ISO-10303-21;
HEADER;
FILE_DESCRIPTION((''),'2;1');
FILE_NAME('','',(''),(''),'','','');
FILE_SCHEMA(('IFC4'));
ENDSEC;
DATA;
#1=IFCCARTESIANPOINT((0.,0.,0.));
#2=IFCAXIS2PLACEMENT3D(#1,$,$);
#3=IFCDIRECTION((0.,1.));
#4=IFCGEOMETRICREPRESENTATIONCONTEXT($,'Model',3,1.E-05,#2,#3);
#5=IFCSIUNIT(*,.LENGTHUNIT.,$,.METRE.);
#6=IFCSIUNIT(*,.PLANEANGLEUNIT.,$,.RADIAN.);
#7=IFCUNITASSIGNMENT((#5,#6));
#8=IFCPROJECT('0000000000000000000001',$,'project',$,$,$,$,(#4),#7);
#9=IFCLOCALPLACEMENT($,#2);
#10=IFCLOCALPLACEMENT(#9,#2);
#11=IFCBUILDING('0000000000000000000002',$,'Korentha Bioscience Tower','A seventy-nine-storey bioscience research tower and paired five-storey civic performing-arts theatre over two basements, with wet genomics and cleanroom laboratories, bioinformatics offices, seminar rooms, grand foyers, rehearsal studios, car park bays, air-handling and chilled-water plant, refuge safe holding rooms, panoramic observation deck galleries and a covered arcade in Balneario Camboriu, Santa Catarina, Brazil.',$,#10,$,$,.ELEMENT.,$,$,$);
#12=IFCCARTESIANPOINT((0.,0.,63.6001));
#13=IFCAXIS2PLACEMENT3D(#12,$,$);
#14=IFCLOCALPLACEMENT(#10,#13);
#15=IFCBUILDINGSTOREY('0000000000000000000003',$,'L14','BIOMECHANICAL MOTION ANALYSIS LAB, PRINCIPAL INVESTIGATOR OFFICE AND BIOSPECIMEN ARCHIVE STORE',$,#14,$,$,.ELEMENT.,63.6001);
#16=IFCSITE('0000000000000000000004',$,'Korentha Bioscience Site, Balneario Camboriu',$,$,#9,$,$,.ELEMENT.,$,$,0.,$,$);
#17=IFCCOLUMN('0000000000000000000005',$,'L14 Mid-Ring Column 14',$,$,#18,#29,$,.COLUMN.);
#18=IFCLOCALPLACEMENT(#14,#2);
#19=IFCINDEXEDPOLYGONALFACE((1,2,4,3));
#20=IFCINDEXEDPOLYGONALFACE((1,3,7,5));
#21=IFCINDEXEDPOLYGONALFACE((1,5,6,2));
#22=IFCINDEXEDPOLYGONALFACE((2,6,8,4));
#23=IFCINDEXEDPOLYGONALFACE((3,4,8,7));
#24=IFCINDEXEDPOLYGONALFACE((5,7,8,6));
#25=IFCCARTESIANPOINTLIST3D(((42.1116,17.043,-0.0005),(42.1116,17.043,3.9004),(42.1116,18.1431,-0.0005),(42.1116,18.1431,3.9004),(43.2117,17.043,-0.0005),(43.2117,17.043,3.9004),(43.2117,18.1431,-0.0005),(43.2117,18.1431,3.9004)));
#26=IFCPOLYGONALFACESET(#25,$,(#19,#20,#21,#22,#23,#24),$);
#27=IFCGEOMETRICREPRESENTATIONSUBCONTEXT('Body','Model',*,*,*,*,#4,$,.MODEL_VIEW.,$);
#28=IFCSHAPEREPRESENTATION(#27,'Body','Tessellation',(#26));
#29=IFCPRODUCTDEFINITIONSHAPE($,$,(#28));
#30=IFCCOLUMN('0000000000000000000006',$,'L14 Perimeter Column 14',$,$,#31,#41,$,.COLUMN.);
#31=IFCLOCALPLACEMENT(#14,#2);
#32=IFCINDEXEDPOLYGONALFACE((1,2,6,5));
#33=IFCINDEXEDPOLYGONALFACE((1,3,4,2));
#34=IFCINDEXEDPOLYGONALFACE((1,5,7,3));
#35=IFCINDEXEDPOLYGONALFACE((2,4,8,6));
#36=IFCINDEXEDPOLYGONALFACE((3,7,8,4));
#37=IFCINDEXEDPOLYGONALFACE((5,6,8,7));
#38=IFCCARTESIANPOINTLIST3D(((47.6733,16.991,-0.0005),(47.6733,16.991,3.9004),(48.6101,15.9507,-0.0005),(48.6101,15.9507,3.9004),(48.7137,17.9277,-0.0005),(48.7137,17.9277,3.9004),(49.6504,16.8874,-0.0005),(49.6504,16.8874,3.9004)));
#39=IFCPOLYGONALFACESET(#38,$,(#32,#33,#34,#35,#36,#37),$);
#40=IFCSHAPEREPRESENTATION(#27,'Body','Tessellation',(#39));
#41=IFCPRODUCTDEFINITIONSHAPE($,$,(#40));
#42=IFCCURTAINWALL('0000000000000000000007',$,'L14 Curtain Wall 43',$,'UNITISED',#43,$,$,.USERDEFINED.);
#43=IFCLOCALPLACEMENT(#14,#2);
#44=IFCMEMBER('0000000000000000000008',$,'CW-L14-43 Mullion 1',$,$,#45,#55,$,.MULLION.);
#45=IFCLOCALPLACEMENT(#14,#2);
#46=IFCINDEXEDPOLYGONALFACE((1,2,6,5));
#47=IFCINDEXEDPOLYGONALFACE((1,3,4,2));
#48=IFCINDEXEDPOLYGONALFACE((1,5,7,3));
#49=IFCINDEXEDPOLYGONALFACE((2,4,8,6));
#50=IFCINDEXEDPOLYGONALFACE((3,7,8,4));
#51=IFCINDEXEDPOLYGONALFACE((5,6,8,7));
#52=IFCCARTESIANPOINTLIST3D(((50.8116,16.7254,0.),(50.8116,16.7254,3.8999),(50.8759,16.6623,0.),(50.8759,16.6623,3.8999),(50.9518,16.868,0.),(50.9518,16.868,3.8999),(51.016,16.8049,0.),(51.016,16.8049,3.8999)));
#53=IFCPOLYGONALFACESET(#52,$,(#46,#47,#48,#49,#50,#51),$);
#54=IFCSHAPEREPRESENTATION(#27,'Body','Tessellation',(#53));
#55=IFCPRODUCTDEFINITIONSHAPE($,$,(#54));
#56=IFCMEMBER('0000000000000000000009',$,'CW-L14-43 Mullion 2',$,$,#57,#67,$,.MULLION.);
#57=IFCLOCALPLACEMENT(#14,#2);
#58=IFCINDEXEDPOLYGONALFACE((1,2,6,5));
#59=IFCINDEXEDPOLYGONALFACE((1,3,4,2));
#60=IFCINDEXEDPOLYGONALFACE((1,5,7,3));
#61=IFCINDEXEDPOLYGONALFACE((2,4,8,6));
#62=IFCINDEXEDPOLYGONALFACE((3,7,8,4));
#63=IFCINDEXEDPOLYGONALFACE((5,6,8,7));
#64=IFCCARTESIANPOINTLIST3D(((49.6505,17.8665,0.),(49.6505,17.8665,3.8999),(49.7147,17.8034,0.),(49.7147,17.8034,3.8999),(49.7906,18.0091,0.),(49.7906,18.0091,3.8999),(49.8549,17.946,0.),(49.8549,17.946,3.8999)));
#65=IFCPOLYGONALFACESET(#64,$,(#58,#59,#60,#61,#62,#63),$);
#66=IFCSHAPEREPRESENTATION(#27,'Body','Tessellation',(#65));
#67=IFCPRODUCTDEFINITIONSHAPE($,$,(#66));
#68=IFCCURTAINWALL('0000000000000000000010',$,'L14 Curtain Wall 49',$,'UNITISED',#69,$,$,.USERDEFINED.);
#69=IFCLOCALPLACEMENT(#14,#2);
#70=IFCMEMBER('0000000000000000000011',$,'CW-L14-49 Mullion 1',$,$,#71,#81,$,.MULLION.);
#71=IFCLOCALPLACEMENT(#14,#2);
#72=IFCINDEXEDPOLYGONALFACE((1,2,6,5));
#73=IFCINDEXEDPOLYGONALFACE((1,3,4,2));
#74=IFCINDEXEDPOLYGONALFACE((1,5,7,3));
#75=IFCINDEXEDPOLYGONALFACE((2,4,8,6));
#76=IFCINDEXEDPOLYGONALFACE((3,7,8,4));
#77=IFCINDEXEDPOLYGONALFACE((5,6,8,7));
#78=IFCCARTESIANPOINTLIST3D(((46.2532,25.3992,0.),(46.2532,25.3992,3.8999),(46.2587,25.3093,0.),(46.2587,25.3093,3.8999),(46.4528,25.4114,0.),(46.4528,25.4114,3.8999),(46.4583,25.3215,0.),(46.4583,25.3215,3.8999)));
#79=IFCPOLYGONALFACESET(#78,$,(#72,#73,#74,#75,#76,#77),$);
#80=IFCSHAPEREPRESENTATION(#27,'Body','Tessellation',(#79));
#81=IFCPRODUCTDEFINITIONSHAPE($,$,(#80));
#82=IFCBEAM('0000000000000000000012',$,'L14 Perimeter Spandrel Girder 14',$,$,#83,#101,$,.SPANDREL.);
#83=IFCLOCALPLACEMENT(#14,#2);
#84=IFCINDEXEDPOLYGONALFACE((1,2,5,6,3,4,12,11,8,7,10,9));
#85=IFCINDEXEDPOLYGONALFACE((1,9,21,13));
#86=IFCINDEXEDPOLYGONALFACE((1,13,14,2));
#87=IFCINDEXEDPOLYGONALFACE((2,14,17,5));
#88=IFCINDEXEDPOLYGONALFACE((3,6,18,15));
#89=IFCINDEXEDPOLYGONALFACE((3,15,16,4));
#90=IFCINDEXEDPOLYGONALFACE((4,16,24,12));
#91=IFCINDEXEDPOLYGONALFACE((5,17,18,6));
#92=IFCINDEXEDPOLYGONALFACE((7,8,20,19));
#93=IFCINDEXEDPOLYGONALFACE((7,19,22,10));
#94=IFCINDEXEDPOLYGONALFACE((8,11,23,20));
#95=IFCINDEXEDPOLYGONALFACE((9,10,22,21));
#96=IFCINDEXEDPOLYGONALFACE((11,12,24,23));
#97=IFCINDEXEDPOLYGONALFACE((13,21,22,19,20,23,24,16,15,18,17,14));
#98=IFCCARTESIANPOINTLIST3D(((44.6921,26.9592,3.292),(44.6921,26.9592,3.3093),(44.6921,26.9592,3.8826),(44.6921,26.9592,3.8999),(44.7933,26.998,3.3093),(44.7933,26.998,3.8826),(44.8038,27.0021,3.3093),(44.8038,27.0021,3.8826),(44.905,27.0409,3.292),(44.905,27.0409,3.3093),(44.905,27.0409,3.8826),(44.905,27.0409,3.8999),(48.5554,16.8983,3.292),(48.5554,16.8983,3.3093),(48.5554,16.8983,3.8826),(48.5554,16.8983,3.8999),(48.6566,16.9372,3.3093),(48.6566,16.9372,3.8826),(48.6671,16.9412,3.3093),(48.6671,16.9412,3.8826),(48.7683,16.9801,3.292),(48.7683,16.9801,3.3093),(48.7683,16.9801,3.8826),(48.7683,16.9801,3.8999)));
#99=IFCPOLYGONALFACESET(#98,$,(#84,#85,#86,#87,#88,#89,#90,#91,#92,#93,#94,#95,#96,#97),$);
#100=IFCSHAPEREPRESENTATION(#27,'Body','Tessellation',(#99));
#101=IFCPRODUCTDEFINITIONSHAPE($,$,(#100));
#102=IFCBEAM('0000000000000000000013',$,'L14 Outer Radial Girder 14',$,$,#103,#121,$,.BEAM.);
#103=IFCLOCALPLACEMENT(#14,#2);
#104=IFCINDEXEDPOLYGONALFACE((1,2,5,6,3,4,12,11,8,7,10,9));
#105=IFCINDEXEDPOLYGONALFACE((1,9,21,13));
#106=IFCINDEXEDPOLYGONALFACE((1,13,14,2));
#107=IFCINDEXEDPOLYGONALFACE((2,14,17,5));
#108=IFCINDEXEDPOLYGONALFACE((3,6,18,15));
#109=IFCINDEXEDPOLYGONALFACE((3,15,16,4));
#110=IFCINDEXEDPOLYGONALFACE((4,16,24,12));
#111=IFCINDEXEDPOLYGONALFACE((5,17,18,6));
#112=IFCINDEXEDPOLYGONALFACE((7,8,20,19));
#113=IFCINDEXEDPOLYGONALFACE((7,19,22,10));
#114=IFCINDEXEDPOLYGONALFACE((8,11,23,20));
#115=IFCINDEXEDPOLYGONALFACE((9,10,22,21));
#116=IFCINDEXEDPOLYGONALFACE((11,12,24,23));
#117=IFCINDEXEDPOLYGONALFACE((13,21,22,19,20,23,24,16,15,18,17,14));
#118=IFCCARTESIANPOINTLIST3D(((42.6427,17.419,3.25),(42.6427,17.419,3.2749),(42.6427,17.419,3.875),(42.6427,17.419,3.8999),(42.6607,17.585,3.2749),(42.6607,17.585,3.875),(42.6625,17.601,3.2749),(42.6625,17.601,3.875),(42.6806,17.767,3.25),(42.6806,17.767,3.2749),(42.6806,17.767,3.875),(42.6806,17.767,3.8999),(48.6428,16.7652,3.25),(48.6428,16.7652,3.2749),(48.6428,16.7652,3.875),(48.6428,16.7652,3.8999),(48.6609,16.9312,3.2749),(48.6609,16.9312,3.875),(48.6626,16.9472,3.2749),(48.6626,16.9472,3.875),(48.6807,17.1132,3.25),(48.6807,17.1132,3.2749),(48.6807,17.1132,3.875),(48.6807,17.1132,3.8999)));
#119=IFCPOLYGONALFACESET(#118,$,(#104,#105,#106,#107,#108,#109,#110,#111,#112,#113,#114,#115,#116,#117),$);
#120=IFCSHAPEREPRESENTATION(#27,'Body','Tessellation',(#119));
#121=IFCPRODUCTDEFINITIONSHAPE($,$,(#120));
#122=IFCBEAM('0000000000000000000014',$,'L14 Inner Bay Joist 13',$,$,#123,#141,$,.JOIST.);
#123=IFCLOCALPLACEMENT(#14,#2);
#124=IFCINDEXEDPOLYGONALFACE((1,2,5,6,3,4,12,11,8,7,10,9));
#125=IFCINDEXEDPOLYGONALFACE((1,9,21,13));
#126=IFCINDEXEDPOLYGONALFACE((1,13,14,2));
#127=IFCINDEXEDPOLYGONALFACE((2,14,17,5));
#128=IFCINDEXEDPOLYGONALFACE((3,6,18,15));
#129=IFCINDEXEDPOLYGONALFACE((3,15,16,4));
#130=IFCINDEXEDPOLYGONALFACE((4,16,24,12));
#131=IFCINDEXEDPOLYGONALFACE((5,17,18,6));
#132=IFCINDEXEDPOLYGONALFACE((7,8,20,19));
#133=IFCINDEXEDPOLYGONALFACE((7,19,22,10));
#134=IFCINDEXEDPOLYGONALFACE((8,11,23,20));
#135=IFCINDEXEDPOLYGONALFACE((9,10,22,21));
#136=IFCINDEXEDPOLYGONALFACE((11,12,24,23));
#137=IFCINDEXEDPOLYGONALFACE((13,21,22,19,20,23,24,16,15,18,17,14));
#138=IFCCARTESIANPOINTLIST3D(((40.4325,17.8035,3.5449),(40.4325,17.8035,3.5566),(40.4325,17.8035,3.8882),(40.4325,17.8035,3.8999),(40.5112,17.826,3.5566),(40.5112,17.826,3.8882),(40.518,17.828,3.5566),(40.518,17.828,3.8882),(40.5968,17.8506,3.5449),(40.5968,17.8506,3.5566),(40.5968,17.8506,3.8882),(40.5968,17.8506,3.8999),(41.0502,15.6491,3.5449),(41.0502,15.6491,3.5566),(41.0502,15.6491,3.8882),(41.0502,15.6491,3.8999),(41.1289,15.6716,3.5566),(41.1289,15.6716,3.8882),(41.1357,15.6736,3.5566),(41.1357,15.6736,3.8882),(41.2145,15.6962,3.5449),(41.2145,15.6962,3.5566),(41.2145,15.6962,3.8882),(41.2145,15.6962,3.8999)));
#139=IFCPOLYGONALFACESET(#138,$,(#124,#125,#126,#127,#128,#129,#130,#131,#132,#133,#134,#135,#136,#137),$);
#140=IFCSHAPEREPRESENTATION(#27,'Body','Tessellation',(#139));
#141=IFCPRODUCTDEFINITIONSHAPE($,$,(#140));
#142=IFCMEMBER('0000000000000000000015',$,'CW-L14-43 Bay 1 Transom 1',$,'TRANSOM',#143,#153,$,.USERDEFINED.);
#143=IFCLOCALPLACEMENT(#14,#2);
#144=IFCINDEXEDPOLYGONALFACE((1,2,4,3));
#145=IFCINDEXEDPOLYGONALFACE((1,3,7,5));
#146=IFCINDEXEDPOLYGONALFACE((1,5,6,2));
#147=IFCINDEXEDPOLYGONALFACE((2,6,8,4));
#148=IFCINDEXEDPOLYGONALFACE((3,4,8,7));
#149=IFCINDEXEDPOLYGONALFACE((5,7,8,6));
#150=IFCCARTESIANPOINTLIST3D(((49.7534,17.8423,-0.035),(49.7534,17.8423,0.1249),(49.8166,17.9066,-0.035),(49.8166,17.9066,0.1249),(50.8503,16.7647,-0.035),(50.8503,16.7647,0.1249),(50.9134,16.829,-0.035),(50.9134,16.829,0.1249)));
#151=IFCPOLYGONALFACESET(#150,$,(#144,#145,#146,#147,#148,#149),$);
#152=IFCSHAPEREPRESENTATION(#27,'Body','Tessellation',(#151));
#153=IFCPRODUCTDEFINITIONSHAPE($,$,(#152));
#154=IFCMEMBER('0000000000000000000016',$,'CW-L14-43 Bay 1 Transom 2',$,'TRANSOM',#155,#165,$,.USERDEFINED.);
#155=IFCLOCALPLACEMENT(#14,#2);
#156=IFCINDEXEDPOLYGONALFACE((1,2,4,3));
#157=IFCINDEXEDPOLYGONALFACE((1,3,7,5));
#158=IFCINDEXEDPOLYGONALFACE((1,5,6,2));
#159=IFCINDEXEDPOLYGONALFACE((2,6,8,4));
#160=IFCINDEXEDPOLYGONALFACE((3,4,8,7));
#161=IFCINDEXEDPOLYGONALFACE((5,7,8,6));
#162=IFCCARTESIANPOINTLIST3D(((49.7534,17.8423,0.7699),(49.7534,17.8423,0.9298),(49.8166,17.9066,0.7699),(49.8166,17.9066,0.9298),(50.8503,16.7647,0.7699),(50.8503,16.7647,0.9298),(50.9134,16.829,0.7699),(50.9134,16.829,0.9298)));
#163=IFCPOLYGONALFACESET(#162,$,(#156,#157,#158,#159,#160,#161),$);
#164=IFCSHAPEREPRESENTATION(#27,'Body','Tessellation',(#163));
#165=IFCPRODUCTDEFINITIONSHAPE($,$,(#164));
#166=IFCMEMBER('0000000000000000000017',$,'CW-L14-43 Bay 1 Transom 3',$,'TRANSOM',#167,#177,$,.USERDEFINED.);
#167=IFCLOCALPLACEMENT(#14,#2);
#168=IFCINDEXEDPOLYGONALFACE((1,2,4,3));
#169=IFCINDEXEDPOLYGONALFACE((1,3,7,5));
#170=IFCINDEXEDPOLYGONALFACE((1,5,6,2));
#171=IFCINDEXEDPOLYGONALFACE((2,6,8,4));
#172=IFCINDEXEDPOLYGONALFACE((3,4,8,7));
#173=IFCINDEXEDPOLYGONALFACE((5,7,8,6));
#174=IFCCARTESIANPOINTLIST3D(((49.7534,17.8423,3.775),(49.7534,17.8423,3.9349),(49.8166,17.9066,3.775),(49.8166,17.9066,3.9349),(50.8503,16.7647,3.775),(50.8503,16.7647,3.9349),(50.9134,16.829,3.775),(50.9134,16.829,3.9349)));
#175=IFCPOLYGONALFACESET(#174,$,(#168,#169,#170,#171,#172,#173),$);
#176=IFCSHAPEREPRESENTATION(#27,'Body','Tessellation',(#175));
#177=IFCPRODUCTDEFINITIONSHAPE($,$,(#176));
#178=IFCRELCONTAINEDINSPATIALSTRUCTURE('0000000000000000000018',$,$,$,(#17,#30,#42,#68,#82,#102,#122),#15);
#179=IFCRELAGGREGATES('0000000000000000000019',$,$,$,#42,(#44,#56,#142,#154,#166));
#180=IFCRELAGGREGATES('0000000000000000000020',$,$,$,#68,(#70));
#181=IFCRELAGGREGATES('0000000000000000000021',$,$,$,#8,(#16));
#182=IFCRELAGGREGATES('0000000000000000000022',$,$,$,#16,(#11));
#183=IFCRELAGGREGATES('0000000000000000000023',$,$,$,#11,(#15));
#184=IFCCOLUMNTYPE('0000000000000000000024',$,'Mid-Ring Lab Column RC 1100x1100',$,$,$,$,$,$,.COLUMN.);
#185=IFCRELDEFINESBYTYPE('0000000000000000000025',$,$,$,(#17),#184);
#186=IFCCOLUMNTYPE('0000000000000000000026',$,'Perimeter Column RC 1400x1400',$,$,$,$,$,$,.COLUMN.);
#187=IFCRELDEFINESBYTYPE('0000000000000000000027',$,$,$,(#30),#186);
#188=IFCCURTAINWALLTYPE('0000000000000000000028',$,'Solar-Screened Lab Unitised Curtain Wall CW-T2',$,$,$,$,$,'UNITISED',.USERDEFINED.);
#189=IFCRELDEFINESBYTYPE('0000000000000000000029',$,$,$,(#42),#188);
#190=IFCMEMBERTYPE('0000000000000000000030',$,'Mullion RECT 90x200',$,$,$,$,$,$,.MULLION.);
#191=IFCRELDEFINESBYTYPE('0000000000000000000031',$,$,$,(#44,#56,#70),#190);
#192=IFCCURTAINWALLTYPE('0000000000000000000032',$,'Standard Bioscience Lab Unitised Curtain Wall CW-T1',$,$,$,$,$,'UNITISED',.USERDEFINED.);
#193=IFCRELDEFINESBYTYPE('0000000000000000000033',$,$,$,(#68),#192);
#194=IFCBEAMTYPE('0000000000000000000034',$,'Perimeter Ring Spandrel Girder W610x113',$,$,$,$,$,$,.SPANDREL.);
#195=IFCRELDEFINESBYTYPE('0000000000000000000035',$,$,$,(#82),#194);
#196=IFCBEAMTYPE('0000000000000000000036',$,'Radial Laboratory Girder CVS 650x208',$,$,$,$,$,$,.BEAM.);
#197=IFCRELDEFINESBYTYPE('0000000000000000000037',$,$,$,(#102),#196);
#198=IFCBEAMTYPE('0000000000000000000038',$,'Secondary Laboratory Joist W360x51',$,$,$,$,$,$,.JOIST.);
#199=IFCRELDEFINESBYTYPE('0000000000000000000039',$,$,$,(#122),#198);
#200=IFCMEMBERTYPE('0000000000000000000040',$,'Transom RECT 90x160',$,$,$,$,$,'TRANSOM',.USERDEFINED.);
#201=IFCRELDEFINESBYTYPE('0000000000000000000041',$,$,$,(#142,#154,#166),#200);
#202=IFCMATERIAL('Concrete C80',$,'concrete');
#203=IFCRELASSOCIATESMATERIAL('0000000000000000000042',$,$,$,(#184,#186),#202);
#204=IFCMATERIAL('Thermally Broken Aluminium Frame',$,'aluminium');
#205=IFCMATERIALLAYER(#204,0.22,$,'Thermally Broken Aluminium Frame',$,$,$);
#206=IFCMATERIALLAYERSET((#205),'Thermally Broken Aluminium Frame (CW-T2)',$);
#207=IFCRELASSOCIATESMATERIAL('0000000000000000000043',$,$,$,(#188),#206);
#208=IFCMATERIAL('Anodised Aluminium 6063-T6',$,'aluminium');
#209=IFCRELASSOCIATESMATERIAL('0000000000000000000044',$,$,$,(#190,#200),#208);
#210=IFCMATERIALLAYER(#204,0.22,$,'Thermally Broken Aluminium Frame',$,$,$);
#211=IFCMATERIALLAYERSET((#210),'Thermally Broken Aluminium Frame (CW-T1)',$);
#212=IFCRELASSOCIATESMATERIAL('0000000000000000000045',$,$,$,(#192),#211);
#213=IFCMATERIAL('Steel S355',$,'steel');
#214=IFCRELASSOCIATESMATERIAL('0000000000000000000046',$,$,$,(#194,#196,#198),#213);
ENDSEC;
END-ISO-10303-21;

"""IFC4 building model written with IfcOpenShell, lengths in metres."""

from ifc_helpers import new_model, si_unit, direction, frame, origin, origin_2d, place, context, subcontext, project, spatial, rectangle, i_section, extrude, material, layer, layer_set, material_profile, profile_set, type_object, element, aggregate, save


model = new_model("IFC4")

# Units and contexts
model_context = context("Model", 3, precision=1e-05, world=origin(), true_north=direction((0.0, 1.0)))
body_context = subcontext(model_context, "Body", "Model", "MODEL_VIEW")
ifc_project = project(units=[si_unit("LENGTHUNIT", "METRE"), si_unit("PLANEANGLEUNIT", "RADIAN")], contexts=[model_context])

# Site, building, storey
site_placement = place(None, origin())
site = spatial("IfcSite", under=ifc_project, at=site_placement, Name="Korentha Bioscience Site, Balneario Camboriu", CompositionType="ELEMENT", RefElevation=0.0)
building_placement = place(site_placement, origin())
building = spatial("IfcBuilding", under=site, at=building_placement, Name="Korentha Bioscience Tower", Description="A seventy-nine-storey bioscience research tower and paired five-storey civic performing-arts theatre over two basements, with wet genomics and cleanroom laboratories, bioinformatics offices, seminar rooms, grand foyers, rehearsal studios, car park bays, air-handling and chilled-water plant, refuge safe holding rooms, panoramic observation deck galleries and a covered arcade in Balneario Camboriu, Santa Catarina, Brazil.", CompositionType="ELEMENT")
storey_placement = place(building_placement, frame((0.0, 0.0, 63.6001)))
storey = spatial("IfcBuildingStorey", under=building, at=storey_placement, Name="L14", Description="BIOMECHANICAL MOTION ANALYSIS LAB, PRINCIPAL INVESTIGATOR OFFICE AND BIOSPECIMEN ARCHIVE STORE", CompositionType="ELEMENT", Elevation=63.6001)

# Columns
ifc_material_1 = material(Name="Concrete C80", Category="concrete")
ifc_material_profile_1 = material_profile(ifc_material_1, rectangle(XDim=1.1001, YDim=1.1001, at=origin_2d()), Name="Concrete C80")
ifc_profile_set_1 = profile_set([ifc_material_profile_1], Name="Concrete C80 (COL-MR11)")
column_type_1 = type_object("IfcColumnType", Name="Mid-Ring Lab Column RC 1100x1100", PredefinedType="COLUMN", material=ifc_profile_set_1)
column_1_placement = place(storey_placement, frame((42.6616, 17.593, -0.0005), z_axis=(0.0, 0.0, 1.0), x_axis=(1.0, 0.0, 0.0)))
element("IfcColumn", 1, at=column_1_placement, inside=storey, type_object=column_type_1, Name="L14 Mid-Ring Column 14", PredefinedType="COLUMN", context=body_context, shape_type="SweptSolid", body=[
    extrude(rectangle(XDim=1.1001, YDim=1.1001, at=origin_2d()), origin(), (0.0, 0.0, 1.0), 3.9009),
])
ifc_material_profile_2 = material_profile(ifc_material_1, rectangle(XDim=1.3999, YDim=1.3999, at=origin_2d()), Name="Concrete C80")
ifc_profile_set_2 = profile_set([ifc_material_profile_2], Name="Concrete C80 (COL-P14)")
column_type_2 = type_object("IfcColumnType", Name="Perimeter Column RC 1400x1400", PredefinedType="COLUMN", material=ifc_profile_set_2)
column_2_placement = place(storey_placement, frame((48.6619, 16.9392, -0.0005), z_axis=(0.0, 0.0, 1.0), x_axis=(-0.669131, 0.743145, 0.0)))
element("IfcColumn", 2, at=column_2_placement, inside=storey, type_object=column_type_2, Name="L14 Perimeter Column 14", PredefinedType="COLUMN", context=body_context, shape_type="SweptSolid", body=[
    extrude(rectangle(XDim=1.3999, YDim=1.3999, at=origin_2d()), origin(), (0.0, 0.0, 1.0), 3.9009),
])

# Curtain wall, members
ifc_material_2 = material(Name="Thermally Broken Aluminium Frame", Category="aluminium")
ifc_layer_1 = layer(ifc_material_2, 0.22, Name="Thermally Broken Aluminium Frame")
ifc_layer_set_1 = layer_set([ifc_layer_1], Name="Thermally Broken Aluminium Frame (CW-T2)")
curtain_wall_type_1 = type_object("IfcCurtainWallType", Name="Solar-Screened Lab Unitised Curtain Wall CW-T2", ElementType="UNITISED", PredefinedType="USERDEFINED", material=ifc_layer_set_1)
curtain_wall_1_placement = place(storey_placement, origin())
curtain_wall_1 = element("IfcCurtainWall", 3, at=curtain_wall_1_placement, inside=storey, type_object=curtain_wall_type_1, Name="L14 Curtain Wall 43", ObjectType="UNITISED", PredefinedType="USERDEFINED")
ifc_material_3 = material(Name="Anodised Aluminium 6063-T6", Category="aluminium")
ifc_material_profile_3 = material_profile(ifc_material_3, rectangle(XDim=0.0901, YDim=0.2, at=origin_2d()), Name="Anodised Aluminium 6063-T6")
ifc_profile_set_3 = profile_set([ifc_material_profile_3], Name="Anodised Aluminium 6063-T6 (CW-MUL)")
member_type_1 = type_object("IfcMemberType", Name="Mullion RECT 90x200", PredefinedType="MULLION", material=ifc_profile_set_3)
member_1_placement = place(storey_placement, frame((50.9138, 16.7651, 0.0), z_axis=(0.0, 0.0, 1.0), x_axis=(-0.713279, 0.70088, 0.0)))
member_1 = element("IfcMember", 4, at=member_1_placement, type_object=member_type_1, Name="CW-L14-43 Mullion 1", PredefinedType="MULLION", context=body_context, shape_type="SweptSolid", body=[
    extrude(rectangle(XDim=0.0901, YDim=0.2, at=origin_2d()), origin(), (0.0, 0.0, 1.0), 3.8999),
])
member_2_placement = place(storey_placement, frame((49.7527, 17.9062, 0.0), z_axis=(0.0, 0.0, 1.0), x_axis=(-0.713279, 0.70088, 0.0)))
member_2 = element("IfcMember", 5, at=member_2_placement, type_object=member_type_1, Name="CW-L14-43 Mullion 2", PredefinedType="MULLION", context=body_context, shape_type="SweptSolid", body=[
    extrude(rectangle(XDim=0.0901, YDim=0.2, at=origin_2d()), origin(), (0.0, 0.0, 1.0), 3.8999),
])

# Curtain wall, member
ifc_layer_2 = layer(ifc_material_2, 0.22, Name="Thermally Broken Aluminium Frame")
ifc_layer_set_2 = layer_set([ifc_layer_2], Name="Thermally Broken Aluminium Frame (CW-T1)")
curtain_wall_type_2 = type_object("IfcCurtainWallType", Name="Standard Bioscience Lab Unitised Curtain Wall CW-T1", ElementType="UNITISED", PredefinedType="USERDEFINED", material=ifc_layer_set_2)
curtain_wall_2_placement = place(storey_placement, origin())
curtain_wall_2 = element("IfcCurtainWall", 6, at=curtain_wall_2_placement, inside=storey, type_object=curtain_wall_type_2, Name="L14 Curtain Wall 49", ObjectType="UNITISED", PredefinedType="USERDEFINED")
member_3_placement = place(storey_placement, frame((46.3557, 25.3604, 0.0), z_axis=(0.0, 0.0, 1.0), x_axis=(-0.061008, 0.998137, 0.0)))
member_3 = element("IfcMember", 7, at=member_3_placement, type_object=member_type_1, Name="CW-L14-49 Mullion 1", PredefinedType="MULLION", context=body_context, shape_type="SweptSolid", body=[
    extrude(rectangle(XDim=0.0901, YDim=0.2, at=origin_2d()), origin(), (0.0, 0.0, 1.0), 3.8999),
])

# Beams
ifc_material_4 = material(Name="Steel S355", Category="steel")
ifc_material_profile_4 = material_profile(ifc_material_4, i_section(OverallWidth=0.228, OverallDepth=0.6079, WebThickness=0.0112, FlangeThickness=0.0173, at=origin_2d()), Name="Steel S355")
ifc_profile_set_4 = profile_set([ifc_material_profile_4], Name="Steel S355 (SB-610)")
beam_type_1 = type_object("IfcBeamType", Name="Perimeter Ring Spandrel Girder W610x113", PredefinedType="SPANDREL", material=ifc_profile_set_4)
beam_1_placement = place(storey_placement, frame((48.6619, 16.9392, 3.5959), z_axis=(-0.358474, 0.93354, 0.0), x_axis=(-0.93354, -0.358474, 0.0)))
element("IfcBeam", 8, at=beam_1_placement, inside=storey, type_object=beam_type_1, Name="L14 Perimeter Spandrel Girder 14", PredefinedType="SPANDREL", context=body_context, shape_type="SweptSolid", body=[
    extrude(i_section(OverallWidth=0.228, OverallDepth=0.6079, WebThickness=0.0112, FlangeThickness=0.0173, at=origin_2d()), origin(), (0.0, 0.0, 1.0), 10.7771),
])
ifc_material_profile_5 = material_profile(ifc_material_4, i_section(OverallWidth=0.3501, OverallDepth=0.6499, WebThickness=0.0161, FlangeThickness=0.0249, at=origin_2d()), Name="Steel S355")
ifc_profile_set_5 = profile_set([ifc_material_profile_5], Name="Steel S355 (RB-650)")
beam_type_2 = type_object("IfcBeamType", Name="Radial Laboratory Girder CVS 650x208", PredefinedType="BEAM", material=ifc_profile_set_5)
beam_2_placement = place(storey_placement, frame((42.6616, 17.593, 3.575), z_axis=(0.994116, -0.108323, 0.0), x_axis=(0.108323, 0.994116, 0.0)))
element("IfcBeam", 9, at=beam_2_placement, inside=storey, type_object=beam_type_2, Name="L14 Outer Radial Girder 14", PredefinedType="BEAM", context=body_context, shape_type="SweptSolid", body=[
    extrude(i_section(OverallWidth=0.3501, OverallDepth=0.6499, WebThickness=0.0161, FlangeThickness=0.0249, at=origin_2d()), origin(), (0.0, 0.0, 1.0), 6.0356),
])
ifc_material_profile_6 = material_profile(ifc_material_4, i_section(OverallWidth=0.1709, OverallDepth=0.355, WebThickness=0.0071, FlangeThickness=0.0117, at=origin_2d()), Name="Steel S355")
ifc_profile_set_6 = profile_set([ifc_material_profile_6], Name="Steel S355 (JB-360)")
beam_type_3 = type_object("IfcBeamType", Name="Secondary Laboratory Joist W360x51", PredefinedType="JOIST", material=ifc_profile_set_6)
beam_3_placement = place(storey_placement, frame((41.1323, 15.6726, 3.7224), z_axis=(-0.275613, 0.961269, 0.0), x_axis=(-0.961269, -0.275613, 0.0)))
element("IfcBeam", 10, at=beam_3_placement, inside=storey, type_object=beam_type_3, Name="L14 Inner Bay Joist 13", PredefinedType="JOIST", context=body_context, shape_type="SweptSolid", body=[
    extrude(i_section(OverallWidth=0.1709, OverallDepth=0.355, WebThickness=0.0071, FlangeThickness=0.0117, at=origin_2d()), origin(), (0.0, 0.0, 1.0), 2.2412),
])

# Members
ifc_material_profile_7 = material_profile(ifc_material_3, rectangle(XDim=0.0901, YDim=0.1599, at=origin_2d()), Name="Anodised Aluminium 6063-T6")
ifc_profile_set_7 = profile_set([ifc_material_profile_7], Name="Anodised Aluminium 6063-T6 (CW-TRN)")
member_type_2 = type_object("IfcMemberType", Name="Transom RECT 90x160", ElementType="TRANSOM", PredefinedType="USERDEFINED", material=ifc_profile_set_7)
member_4_placement = place(storey_placement, frame((50.8818, 16.7969, 0.0449), z_axis=(-0.71335, 0.700808, 0.0), x_axis=(-0.700808, -0.71335, 0.0)))
member_4 = element("IfcMember", 11, at=member_4_placement, type_object=member_type_2, Name="CW-L14-43 Bay 1 Transom 1", ObjectType="TRANSOM", PredefinedType="USERDEFINED", context=body_context, shape_type="SweptSolid", body=[
    extrude(rectangle(XDim=0.0901, YDim=0.1599, at=origin_2d()), origin(), (0.0, 0.0, 1.0), 1.5376),
])
member_5_placement = place(storey_placement, frame((50.8818, 16.7969, 0.8499), z_axis=(-0.71335, 0.700808, 0.0), x_axis=(-0.700808, -0.71335, 0.0)))
member_5 = element("IfcMember", 12, at=member_5_placement, type_object=member_type_2, Name="CW-L14-43 Bay 1 Transom 2", ObjectType="TRANSOM", PredefinedType="USERDEFINED", context=body_context, shape_type="SweptSolid", body=[
    extrude(rectangle(XDim=0.0901, YDim=0.1599, at=origin_2d()), origin(), (0.0, 0.0, 1.0), 1.5376),
])
member_6_placement = place(storey_placement, frame((50.8818, 16.7969, 3.855), z_axis=(-0.71335, 0.700808, 0.0), x_axis=(-0.700808, -0.71335, 0.0)))
member_6 = element("IfcMember", 13, at=member_6_placement, type_object=member_type_2, Name="CW-L14-43 Bay 1 Transom 3", ObjectType="TRANSOM", PredefinedType="USERDEFINED", context=body_context, shape_type="SweptSolid", body=[
    extrude(rectangle(XDim=0.0901, YDim=0.1599, at=origin_2d()), origin(), (0.0, 0.0, 1.0), 1.5376),
])

aggregate(curtain_wall_1, [member_1, member_2, member_4, member_5, member_6])
aggregate(curtain_wall_2, [member_3])

save(model, "model.ifc")
